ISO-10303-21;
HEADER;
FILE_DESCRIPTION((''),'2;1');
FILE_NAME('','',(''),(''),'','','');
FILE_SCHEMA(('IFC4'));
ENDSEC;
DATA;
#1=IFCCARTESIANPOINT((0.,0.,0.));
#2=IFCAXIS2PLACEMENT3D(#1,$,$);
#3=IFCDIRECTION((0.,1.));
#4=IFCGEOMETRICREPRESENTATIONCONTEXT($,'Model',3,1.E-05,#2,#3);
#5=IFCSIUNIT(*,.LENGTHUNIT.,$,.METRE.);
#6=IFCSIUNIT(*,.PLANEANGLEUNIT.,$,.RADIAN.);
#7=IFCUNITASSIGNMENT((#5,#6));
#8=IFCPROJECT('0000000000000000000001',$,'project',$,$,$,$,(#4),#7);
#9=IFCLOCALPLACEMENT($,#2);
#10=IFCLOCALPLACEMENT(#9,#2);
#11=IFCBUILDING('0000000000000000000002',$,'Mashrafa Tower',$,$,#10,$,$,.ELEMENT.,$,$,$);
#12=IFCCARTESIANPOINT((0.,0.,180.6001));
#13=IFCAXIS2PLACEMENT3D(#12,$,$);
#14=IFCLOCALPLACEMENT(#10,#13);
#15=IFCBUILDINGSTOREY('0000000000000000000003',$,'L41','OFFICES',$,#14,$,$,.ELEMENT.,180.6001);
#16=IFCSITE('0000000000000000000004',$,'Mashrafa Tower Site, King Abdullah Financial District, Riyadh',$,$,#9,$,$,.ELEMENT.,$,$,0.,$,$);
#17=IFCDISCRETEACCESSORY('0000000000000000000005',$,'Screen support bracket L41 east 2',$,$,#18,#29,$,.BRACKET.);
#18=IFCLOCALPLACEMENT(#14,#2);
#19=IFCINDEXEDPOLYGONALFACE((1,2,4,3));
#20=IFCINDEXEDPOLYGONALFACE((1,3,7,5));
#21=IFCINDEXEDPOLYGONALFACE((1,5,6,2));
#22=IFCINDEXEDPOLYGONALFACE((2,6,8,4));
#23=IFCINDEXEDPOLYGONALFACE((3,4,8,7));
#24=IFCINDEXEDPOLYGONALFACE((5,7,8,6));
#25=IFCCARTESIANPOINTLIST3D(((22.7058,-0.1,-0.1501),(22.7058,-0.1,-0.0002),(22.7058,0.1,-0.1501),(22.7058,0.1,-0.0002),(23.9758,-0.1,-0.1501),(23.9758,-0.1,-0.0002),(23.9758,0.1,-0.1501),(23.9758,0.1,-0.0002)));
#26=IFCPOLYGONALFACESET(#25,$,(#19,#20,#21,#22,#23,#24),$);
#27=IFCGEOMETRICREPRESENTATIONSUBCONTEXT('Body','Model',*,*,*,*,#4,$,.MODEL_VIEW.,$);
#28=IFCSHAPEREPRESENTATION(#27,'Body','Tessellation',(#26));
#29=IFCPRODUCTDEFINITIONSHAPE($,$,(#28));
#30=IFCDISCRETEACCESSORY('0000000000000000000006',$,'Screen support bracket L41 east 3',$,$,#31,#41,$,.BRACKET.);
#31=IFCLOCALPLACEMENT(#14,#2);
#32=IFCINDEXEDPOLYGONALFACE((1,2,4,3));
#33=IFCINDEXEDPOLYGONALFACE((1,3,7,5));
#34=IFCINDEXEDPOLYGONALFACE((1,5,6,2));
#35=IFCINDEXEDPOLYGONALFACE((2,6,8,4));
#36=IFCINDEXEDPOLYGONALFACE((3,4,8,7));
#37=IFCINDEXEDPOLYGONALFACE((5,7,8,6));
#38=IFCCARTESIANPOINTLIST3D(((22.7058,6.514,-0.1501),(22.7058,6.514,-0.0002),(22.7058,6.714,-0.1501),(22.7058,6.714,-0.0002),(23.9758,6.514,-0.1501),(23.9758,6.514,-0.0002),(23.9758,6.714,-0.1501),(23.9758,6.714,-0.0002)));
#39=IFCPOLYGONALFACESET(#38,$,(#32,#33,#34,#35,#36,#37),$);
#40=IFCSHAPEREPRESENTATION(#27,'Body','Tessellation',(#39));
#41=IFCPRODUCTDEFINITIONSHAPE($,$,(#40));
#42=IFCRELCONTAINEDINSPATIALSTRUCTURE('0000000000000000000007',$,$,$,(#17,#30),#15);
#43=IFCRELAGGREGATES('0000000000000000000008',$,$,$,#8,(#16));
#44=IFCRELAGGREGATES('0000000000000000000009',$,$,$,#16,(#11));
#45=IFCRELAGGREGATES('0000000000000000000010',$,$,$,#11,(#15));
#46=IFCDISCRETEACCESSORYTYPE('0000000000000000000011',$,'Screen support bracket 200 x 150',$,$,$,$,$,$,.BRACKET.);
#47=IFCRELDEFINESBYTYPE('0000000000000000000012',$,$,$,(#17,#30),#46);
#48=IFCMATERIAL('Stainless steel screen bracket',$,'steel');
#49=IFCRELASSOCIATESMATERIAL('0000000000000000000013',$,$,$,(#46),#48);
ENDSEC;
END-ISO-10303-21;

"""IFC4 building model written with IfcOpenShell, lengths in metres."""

from ifc_helpers import new_model, si_unit, direction, frame, origin, origin_2d, place, context, subcontext, project, spatial, rectangle, extrude, source, transform, mapped, material, type_object, type_shapes, element, save


model = new_model("IFC4")

# Units and contexts
model_context = context("Model", 3, precision=1e-05, world=origin(), true_north=direction((0.0, 1.0)))
body_context = subcontext(model_context, "Body", "Model", "MODEL_VIEW")
ifc_project = project(units=[si_unit("LENGTHUNIT", "METRE"), si_unit("PLANEANGLEUNIT", "RADIAN")], contexts=[model_context])

# Site, building, storey
site_placement = place(None, origin())
site = spatial("IfcSite", under=ifc_project, at=site_placement, Name="Mashrafa Tower Site, King Abdullah Financial District, Riyadh", CompositionType="ELEMENT", RefElevation=0.0)
building_placement = place(site_placement, origin())
building = spatial("IfcBuilding", under=site, at=building_placement, Name="Mashrafa Tower", CompositionType="ELEMENT")
storey_placement = place(building_placement, frame((0.0, 0.0, 180.6001)))
storey = spatial("IfcBuildingStorey", under=building, at=storey_placement, Name="L41", Description="OFFICES", CompositionType="ELEMENT", Elevation=180.6001)

# Discrete accessories
ifc_material_1 = material(Name="Stainless steel screen bracket", Category="steel")
discrete_accessory_type = type_object("IfcDiscreteAccessoryType", Name="Screen support bracket 200 x 150", PredefinedType="BRACKET", material=ifc_material_1)
shared_shape_1 = source(origin(), body_context, "Body", "SweptSolid", [
    extrude(rectangle(XDim=0.2, YDim=1.27, at=origin_2d()), origin(), (0.0, 0.0, 1.0), 0.1499),
])
type_shapes(discrete_accessory_type, [shared_shape_1])
for number, where, z_axis, x_axis, name in (
    (1, (23.3408, 0.0, -0.1501), (0.0, 0.0, 1.0), (0.0, 1.0, 0.0), "Screen support bracket L41 east 2"),
    (2, (23.3408, 6.614, -0.1501), (0.0, 0.0, 1.0), (0.0, 1.0, 0.0), "Screen support bracket L41 east 3"),
):
    element("IfcDiscreteAccessory", number, at=place(storey_placement, frame(where, z_axis=z_axis, x_axis=x_axis)), inside=storey, type_object=discrete_accessory_type, Name=name, PredefinedType="BRACKET", context=body_context, shape_type="MappedRepresentation", body=[
        mapped(shared_shape_1, transform((0.0, 0.0, 0.0))),
    ])

save(model, "model.ifc")
